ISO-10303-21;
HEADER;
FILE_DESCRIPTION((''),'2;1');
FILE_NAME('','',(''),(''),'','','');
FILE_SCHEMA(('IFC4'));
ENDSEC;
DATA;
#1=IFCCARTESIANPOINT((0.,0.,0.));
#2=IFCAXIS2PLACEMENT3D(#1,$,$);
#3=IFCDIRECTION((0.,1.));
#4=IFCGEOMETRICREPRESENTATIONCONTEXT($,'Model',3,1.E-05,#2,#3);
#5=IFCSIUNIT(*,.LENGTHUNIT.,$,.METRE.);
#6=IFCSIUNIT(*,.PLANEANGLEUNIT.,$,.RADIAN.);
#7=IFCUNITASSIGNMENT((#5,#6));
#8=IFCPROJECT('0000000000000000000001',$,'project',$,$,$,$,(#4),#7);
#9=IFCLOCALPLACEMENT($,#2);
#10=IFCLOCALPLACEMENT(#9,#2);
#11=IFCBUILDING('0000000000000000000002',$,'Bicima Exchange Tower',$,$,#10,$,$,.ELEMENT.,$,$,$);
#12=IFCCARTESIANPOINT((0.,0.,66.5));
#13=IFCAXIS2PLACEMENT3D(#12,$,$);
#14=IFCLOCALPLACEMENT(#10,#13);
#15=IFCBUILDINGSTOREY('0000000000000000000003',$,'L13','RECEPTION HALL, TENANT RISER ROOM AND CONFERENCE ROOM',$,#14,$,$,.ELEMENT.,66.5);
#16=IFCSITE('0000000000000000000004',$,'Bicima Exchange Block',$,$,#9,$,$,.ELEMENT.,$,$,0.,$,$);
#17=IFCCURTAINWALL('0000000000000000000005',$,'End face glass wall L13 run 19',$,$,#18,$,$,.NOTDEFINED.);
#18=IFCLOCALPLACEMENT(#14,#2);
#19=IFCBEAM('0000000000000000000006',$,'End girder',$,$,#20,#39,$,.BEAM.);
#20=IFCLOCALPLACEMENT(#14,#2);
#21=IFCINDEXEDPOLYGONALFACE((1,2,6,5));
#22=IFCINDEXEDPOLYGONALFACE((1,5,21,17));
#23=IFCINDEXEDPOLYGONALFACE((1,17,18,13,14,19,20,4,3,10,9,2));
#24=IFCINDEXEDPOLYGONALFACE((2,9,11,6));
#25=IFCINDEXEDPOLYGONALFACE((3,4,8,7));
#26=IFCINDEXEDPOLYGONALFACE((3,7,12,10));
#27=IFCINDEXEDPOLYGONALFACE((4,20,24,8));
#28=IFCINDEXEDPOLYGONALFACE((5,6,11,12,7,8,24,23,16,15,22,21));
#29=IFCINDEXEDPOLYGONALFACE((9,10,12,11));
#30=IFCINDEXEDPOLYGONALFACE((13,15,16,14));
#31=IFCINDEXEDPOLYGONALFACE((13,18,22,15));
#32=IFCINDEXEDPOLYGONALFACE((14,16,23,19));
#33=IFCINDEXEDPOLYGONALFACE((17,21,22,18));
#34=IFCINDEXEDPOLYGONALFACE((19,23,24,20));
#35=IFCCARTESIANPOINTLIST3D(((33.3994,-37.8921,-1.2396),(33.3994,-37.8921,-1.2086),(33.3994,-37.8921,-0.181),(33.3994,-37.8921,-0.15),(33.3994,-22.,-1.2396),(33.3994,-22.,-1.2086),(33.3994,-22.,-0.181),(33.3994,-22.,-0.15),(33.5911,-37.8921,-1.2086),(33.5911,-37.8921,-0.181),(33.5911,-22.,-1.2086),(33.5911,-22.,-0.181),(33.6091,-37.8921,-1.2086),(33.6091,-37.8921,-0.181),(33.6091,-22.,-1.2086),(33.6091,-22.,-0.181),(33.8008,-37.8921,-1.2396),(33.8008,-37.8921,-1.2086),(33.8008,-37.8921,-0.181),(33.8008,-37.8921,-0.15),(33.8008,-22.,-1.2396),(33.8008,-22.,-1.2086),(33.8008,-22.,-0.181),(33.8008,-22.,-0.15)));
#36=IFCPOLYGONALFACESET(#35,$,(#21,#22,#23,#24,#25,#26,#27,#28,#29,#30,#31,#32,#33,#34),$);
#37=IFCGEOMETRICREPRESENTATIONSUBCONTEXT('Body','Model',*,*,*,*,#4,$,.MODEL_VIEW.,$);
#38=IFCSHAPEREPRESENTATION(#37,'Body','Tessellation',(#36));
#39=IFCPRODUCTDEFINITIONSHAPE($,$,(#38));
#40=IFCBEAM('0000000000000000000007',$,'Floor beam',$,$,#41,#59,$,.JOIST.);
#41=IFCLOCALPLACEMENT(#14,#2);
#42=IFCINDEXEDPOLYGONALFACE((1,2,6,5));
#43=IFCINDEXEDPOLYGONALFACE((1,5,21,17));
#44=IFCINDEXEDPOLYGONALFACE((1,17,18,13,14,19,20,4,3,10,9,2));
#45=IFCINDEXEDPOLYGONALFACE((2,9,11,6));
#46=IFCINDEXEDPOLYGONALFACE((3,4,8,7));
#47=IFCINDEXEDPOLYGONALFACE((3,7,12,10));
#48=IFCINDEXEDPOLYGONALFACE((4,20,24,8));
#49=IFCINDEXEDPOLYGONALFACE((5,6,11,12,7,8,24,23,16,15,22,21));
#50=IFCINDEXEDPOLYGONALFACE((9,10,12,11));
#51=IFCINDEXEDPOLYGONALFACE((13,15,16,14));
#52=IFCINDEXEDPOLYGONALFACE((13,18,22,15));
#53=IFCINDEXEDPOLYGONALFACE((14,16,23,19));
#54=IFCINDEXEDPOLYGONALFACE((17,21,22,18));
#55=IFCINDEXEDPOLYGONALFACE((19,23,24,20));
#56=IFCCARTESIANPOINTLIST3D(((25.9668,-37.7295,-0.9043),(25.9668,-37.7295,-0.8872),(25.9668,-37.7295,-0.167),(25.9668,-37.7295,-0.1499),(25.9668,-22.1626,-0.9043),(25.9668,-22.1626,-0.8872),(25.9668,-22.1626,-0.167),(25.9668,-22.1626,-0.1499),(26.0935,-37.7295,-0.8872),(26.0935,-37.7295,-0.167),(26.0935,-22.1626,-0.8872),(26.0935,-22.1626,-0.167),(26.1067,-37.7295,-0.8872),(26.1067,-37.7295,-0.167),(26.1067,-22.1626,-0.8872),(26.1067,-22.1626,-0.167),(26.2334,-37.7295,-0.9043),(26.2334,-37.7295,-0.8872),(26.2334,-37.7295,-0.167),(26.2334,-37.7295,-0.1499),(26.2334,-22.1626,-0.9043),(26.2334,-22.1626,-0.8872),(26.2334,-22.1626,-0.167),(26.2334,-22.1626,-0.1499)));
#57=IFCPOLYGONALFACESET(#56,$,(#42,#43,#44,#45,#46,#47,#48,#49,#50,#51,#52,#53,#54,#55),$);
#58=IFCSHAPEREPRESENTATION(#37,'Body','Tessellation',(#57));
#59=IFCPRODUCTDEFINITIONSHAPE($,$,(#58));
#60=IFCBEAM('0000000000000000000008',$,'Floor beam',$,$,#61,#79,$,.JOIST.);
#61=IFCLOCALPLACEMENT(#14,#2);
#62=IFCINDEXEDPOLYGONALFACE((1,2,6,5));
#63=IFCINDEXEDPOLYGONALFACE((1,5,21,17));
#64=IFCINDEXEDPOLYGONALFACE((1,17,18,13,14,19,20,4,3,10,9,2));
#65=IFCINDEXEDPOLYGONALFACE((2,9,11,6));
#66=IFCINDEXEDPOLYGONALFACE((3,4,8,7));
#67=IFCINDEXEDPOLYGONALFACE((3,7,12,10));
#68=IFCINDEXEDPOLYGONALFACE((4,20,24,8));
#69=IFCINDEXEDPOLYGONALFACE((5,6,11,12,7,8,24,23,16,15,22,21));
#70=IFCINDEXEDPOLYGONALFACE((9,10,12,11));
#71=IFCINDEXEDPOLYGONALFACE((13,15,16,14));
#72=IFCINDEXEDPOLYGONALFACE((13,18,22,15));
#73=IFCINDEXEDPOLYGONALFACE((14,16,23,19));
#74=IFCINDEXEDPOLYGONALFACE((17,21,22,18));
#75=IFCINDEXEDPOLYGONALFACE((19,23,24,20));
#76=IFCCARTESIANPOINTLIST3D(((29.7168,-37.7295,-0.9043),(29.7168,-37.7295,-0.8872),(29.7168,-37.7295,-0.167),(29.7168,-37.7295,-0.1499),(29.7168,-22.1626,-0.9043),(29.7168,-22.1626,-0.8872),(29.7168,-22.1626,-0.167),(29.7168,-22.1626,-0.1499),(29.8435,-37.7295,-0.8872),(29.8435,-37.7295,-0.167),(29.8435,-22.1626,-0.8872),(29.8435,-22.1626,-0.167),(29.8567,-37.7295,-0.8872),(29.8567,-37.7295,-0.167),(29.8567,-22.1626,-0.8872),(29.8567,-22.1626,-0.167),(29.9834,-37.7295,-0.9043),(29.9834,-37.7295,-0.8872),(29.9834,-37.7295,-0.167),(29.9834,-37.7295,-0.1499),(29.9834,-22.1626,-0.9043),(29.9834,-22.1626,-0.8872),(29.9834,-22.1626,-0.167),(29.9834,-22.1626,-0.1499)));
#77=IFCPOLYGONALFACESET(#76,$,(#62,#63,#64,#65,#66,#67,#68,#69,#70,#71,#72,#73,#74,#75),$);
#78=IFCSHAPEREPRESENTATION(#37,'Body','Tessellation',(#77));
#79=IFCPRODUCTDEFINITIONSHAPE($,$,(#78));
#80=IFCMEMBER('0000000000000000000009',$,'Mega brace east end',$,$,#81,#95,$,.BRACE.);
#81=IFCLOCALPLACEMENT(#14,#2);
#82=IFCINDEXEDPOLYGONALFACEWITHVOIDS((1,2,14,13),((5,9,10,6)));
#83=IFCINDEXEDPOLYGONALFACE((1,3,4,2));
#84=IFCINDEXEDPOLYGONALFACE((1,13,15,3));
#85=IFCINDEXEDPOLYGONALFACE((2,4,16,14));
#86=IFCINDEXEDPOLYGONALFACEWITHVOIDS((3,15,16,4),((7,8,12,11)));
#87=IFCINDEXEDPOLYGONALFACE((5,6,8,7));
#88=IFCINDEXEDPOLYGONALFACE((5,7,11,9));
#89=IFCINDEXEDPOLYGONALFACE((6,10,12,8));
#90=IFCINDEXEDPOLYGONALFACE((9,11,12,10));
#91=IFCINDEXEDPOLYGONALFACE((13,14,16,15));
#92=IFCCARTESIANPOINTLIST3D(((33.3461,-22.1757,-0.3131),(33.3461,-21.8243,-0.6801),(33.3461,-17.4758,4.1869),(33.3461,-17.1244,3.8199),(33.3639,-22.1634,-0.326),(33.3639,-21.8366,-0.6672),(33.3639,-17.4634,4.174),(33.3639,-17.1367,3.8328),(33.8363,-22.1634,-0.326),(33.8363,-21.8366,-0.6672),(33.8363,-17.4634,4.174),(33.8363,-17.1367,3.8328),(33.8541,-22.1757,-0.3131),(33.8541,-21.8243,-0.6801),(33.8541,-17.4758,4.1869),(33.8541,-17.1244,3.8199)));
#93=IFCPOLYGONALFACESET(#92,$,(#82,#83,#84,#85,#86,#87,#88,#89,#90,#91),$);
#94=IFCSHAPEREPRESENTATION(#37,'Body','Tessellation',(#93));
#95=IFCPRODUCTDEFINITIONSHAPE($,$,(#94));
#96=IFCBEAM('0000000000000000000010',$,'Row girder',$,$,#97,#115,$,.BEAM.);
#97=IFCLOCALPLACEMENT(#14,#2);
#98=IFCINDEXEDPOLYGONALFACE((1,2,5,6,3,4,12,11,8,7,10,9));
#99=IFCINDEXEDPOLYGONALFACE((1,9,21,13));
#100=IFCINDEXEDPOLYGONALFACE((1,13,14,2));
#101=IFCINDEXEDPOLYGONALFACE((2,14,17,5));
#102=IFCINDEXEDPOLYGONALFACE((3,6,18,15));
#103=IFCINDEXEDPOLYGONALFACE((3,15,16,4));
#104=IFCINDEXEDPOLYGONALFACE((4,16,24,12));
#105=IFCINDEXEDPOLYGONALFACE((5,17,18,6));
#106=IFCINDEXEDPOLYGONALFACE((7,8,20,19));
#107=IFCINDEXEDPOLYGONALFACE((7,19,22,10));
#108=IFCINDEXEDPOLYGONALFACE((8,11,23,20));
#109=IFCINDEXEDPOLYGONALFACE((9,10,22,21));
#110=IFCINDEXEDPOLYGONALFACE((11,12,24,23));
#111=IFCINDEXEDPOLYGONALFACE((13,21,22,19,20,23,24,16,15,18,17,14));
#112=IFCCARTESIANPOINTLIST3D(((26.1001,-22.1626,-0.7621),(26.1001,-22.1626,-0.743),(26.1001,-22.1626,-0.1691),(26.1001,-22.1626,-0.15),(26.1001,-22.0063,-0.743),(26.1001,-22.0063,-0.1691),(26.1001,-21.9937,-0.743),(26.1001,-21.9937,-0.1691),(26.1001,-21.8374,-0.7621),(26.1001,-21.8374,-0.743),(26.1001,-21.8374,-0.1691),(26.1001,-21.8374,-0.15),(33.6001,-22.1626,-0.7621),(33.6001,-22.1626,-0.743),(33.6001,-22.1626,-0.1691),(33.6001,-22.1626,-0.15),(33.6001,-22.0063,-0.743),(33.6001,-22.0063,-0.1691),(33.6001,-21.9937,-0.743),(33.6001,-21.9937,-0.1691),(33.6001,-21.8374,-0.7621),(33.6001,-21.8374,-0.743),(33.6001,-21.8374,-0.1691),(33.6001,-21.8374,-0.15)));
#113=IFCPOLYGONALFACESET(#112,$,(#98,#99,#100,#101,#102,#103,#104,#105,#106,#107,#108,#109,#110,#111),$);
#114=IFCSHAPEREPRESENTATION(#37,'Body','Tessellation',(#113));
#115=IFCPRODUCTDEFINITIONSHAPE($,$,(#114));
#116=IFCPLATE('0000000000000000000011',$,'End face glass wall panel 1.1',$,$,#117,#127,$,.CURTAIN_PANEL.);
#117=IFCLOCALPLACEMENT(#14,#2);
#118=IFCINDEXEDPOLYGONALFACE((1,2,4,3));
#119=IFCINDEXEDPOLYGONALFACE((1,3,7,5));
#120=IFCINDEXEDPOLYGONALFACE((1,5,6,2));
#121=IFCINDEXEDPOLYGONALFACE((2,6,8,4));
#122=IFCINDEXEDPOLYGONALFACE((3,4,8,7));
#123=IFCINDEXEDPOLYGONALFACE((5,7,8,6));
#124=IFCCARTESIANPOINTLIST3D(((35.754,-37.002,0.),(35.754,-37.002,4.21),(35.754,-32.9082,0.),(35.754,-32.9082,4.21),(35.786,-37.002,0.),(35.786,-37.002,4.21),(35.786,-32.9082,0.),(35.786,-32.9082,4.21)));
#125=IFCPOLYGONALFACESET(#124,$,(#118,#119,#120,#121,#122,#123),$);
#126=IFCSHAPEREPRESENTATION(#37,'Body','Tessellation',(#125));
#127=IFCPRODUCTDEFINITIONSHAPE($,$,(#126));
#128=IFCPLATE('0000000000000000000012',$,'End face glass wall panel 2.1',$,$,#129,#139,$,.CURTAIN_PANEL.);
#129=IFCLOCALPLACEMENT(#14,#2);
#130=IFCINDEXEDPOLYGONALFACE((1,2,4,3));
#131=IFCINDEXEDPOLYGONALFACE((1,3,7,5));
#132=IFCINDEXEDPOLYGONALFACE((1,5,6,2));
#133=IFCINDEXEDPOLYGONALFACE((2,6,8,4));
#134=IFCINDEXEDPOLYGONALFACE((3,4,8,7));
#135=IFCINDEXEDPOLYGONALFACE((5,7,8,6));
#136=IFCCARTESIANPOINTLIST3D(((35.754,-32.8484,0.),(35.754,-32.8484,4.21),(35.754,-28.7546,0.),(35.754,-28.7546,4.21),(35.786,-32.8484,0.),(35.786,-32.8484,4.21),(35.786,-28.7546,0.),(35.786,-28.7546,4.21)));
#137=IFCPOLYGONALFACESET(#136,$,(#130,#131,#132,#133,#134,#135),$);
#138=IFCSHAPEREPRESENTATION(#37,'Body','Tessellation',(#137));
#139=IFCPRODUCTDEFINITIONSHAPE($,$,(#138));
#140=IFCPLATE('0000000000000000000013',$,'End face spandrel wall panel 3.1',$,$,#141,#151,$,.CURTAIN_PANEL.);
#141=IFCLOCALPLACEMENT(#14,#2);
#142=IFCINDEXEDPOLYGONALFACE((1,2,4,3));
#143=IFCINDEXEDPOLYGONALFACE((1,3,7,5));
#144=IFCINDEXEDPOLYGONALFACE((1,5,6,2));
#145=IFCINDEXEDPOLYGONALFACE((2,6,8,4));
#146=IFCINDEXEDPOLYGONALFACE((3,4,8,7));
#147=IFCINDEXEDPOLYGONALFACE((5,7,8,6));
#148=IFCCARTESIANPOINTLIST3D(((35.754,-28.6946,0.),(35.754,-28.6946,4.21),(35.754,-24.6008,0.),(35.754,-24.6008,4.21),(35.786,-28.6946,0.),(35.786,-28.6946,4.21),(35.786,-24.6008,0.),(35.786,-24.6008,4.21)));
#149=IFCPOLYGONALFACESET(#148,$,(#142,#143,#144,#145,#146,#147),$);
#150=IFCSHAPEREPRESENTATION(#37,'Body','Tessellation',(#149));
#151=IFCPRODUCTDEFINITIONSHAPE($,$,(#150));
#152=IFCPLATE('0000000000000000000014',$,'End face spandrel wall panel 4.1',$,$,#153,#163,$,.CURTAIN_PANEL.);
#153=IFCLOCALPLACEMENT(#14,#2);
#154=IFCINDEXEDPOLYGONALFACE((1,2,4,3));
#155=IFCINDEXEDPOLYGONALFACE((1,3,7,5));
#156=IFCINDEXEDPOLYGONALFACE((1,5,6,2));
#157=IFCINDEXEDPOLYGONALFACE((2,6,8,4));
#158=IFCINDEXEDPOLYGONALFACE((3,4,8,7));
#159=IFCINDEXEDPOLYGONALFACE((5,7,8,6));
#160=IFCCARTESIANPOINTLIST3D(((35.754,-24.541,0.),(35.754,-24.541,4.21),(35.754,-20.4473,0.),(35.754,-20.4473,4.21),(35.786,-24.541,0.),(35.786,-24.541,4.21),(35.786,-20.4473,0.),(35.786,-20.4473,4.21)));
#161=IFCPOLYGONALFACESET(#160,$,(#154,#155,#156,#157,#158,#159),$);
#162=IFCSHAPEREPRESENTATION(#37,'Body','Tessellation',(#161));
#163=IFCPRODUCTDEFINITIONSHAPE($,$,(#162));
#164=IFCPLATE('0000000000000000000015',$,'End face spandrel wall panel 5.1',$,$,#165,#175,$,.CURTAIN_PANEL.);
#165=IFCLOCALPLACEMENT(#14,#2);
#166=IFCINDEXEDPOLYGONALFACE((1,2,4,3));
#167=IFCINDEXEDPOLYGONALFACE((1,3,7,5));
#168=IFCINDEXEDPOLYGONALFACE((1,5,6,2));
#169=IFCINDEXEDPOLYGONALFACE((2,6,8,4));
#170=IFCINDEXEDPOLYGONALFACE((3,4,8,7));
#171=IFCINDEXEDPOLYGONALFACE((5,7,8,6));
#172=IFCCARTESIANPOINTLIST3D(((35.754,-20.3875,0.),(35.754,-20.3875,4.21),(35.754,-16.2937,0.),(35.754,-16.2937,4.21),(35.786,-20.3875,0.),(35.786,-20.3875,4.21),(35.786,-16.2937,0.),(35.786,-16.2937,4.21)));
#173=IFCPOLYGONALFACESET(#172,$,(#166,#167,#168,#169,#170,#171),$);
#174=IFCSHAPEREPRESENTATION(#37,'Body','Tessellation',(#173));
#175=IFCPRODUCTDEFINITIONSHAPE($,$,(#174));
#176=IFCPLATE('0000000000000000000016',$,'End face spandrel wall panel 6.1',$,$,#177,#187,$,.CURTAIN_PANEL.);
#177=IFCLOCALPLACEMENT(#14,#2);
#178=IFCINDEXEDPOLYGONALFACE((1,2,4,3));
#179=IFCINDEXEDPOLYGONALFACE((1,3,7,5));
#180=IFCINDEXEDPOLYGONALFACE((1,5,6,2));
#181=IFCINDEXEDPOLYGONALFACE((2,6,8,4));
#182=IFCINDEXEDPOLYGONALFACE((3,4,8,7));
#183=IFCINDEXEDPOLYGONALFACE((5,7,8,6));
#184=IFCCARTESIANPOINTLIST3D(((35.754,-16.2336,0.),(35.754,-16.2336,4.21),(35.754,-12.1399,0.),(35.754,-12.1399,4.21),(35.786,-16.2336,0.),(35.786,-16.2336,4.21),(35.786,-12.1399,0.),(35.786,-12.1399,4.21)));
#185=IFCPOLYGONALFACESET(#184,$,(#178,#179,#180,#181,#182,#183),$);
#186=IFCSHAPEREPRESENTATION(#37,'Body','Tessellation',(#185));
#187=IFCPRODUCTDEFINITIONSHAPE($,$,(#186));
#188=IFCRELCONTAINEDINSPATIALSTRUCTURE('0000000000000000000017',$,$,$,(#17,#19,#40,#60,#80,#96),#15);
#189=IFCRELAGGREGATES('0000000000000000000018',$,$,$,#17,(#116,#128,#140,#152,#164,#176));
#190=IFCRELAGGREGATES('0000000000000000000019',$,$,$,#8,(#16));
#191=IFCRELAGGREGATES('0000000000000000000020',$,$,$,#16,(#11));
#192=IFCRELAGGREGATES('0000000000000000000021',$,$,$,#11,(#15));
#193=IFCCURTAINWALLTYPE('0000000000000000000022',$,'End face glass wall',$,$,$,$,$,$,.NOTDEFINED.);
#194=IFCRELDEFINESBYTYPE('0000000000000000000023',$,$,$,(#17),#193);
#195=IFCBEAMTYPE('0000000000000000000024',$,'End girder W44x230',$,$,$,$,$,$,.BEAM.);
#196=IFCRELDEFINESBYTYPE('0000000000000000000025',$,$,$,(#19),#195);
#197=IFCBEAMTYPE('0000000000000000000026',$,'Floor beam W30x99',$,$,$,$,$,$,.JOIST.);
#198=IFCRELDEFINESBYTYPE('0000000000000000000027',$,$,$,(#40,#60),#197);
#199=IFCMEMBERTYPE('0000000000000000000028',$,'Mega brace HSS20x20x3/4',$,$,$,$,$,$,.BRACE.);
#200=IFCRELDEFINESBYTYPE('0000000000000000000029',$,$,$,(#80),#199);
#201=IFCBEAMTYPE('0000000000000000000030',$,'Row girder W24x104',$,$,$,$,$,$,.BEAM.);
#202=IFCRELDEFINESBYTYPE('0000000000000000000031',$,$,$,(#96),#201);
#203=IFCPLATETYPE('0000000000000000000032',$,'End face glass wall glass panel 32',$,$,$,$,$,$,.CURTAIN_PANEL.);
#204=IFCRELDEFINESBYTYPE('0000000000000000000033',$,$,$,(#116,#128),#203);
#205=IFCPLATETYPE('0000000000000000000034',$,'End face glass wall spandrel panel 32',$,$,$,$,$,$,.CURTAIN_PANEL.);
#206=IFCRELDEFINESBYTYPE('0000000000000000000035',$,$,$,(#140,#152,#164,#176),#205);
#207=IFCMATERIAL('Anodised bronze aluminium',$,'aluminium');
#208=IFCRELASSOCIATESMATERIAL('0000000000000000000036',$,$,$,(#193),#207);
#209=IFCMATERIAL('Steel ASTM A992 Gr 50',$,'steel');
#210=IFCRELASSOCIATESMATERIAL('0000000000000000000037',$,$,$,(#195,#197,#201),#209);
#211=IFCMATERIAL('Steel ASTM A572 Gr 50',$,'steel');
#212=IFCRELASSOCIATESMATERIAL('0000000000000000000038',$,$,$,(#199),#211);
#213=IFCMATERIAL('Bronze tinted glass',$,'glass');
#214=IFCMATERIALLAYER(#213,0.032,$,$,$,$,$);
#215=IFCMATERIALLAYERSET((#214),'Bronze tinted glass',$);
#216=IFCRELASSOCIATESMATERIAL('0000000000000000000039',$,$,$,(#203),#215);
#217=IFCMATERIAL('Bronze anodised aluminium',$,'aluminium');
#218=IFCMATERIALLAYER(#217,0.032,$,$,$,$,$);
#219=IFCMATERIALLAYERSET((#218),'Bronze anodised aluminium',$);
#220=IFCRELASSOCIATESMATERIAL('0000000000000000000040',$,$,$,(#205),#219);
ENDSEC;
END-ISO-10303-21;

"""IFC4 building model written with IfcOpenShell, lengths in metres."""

from ifc_helpers import new_model, si_unit, direction, frame, origin, origin_2d, place, context, subcontext, project, spatial, rectangle, hollow_rectangle, i_section, extrude, material, layer, layer_set, material_profile, profile_set, type_object, element, aggregate, save


model = new_model("IFC4")

# Units and contexts
model_context = context("Model", 3, precision=1e-05, world=origin(), true_north=direction((0.0, 1.0)))
body_context = subcontext(model_context, "Body", "Model", "MODEL_VIEW")
ifc_project = project(units=[si_unit("LENGTHUNIT", "METRE"), si_unit("PLANEANGLEUNIT", "RADIAN")], contexts=[model_context])

# Site, building, storey
site_placement = place(None, origin())
site = spatial("IfcSite", under=ifc_project, at=site_placement, Name="Bicima Exchange Block", CompositionType="ELEMENT", RefElevation=0.0)
building_placement = place(site_placement, origin())
building = spatial("IfcBuilding", under=site, at=building_placement, Name="Bicima Exchange Tower", CompositionType="ELEMENT")
storey_placement = place(building_placement, frame((0.0, 0.0, 66.5)))
storey = spatial("IfcBuildingStorey", under=building, at=storey_placement, Name="L13", Description="RECEPTION HALL, TENANT RISER ROOM AND CONFERENCE ROOM", CompositionType="ELEMENT", Elevation=66.5)

# Shared definitions
ifc_material_1 = material(Name="Steel ASTM A992 Gr 50", Category="steel")

# Curtain wall
ifc_material_2 = material(Name="Anodised bronze aluminium", Category="aluminium")
curtain_wall_type = type_object("IfcCurtainWallType", Name="End face glass wall", PredefinedType="NOTDEFINED", material=ifc_material_2)
curtain_wall_placement = place(storey_placement, origin())
curtain_wall = element("IfcCurtainWall", 1, at=curtain_wall_placement, inside=storey, type_object=curtain_wall_type, Name="End face glass wall L13 run 19", PredefinedType="NOTDEFINED")

# Beams
ifc_material_profile_1 = material_profile(ifc_material_1, i_section(OverallWidth=0.4014, OverallDepth=1.0896, WebThickness=0.0181, FlangeThickness=0.031, at=origin_2d()))
ifc_profile_set_1 = profile_set([ifc_material_profile_1], Name="Steel ASTM A992 Gr 50")
beam_type_1 = type_object("IfcBeamType", Name="End girder W44x230", PredefinedType="BEAM", material=ifc_profile_set_1)
beam_1_placement = place(storey_placement, frame((33.6001, -22.0, -0.6948), z_axis=(0.0, -1.0, 0.0), x_axis=(1.0, 0.0, 0.0)))
element("IfcBeam", 2, at=beam_1_placement, inside=storey, type_object=beam_type_1, Name="End girder", PredefinedType="BEAM", context=body_context, shape_type="SweptSolid", body=[
    extrude(i_section(OverallWidth=0.4014, OverallDepth=1.0896, WebThickness=0.0181, FlangeThickness=0.031, at=origin_2d()), origin(), (0.0, 0.0, 1.0), 15.8921),
])
ifc_material_profile_2 = material_profile(ifc_material_1, i_section(OverallWidth=0.2666, OverallDepth=0.7544, WebThickness=0.0132, FlangeThickness=0.0171, at=origin_2d()))
ifc_profile_set_2 = profile_set([ifc_material_profile_2], Name="Steel ASTM A992 Gr 50")
beam_type_2 = type_object("IfcBeamType", Name="Floor beam W30x99", PredefinedType="JOIST", material=ifc_profile_set_2)
for number, where, z_axis, x_axis, name in (
    (3, (26.1001, -22.1626, -0.5271), (0.0, -1.0, 0.0), (1.0, 0.0, 0.0), "Floor beam"),
    (4, (29.8501, -22.1626, -0.5271), (0.0, -1.0, 0.0), (1.0, 0.0, 0.0), "Floor beam"),
):
    element("IfcBeam", number, at=place(storey_placement, frame(where, z_axis=z_axis, x_axis=x_axis)), inside=storey, type_object=beam_type_2, Name=name, PredefinedType="JOIST", context=body_context, shape_type="SweptSolid", body=[
        extrude(i_section(OverallWidth=0.2666, OverallDepth=0.7544, WebThickness=0.0132, FlangeThickness=0.0171, at=origin_2d()), origin(), (0.0, 0.0, 1.0), 15.5669),
    ])

# Member
ifc_material_3 = material(Name="Steel ASTM A572 Gr 50", Category="steel")
ifc_material_profile_3 = material_profile(ifc_material_3, hollow_rectangle(XDim=0.5081, YDim=0.5081, WallThickness=0.0178, at=origin_2d()))
ifc_profile_set_3 = profile_set([ifc_material_profile_3], Name="Steel ASTM A572 Gr 50")
member_type_1 = type_object("IfcMemberType", Name="Mega brace HSS20x20x3/4", PredefinedType="BRACE", material=ifc_profile_set_3)
member_1_placement = place(storey_placement, frame((33.6001, -22.0, -0.4966), z_axis=(0.0, 0.722304, 0.691575), x_axis=(-1.0, 0.0, 0.0)))
element("IfcMember", 5, at=member_1_placement, inside=storey, type_object=member_type_1, Name="Mega brace east end", PredefinedType="BRACE", context=body_context, shape_type="SweptSolid", body=[
    extrude(hollow_rectangle(XDim=0.5081, YDim=0.5081, WallThickness=0.0178, at=origin_2d()), origin(), (0.0, 0.0, 1.0), 6.5068),
])

# Beam
ifc_material_profile_4 = material_profile(ifc_material_1, i_section(OverallWidth=0.3252, OverallDepth=0.6121, WebThickness=0.0127, FlangeThickness=0.019, at=origin_2d()))
ifc_profile_set_4 = profile_set([ifc_material_profile_4], Name="Steel ASTM A992 Gr 50")
beam_type_3 = type_object("IfcBeamType", Name="Row girder W24x104", PredefinedType="BEAM", material=ifc_profile_set_4)
beam_2_placement = place(storey_placement, frame((26.1001, -22.0, -0.4561), z_axis=(1.0, 0.0, 0.0), x_axis=(0.0, 1.0, 0.0)))
element("IfcBeam", 6, at=beam_2_placement, inside=storey, type_object=beam_type_3, Name="Row girder", PredefinedType="BEAM", context=body_context, shape_type="SweptSolid", body=[
    extrude(i_section(OverallWidth=0.3252, OverallDepth=0.6121, WebThickness=0.0127, FlangeThickness=0.019, at=origin_2d()), origin(), (0.0, 0.0, 1.0), 7.5),
])

# Plates
ifc_material_4 = material(Name="Bronze tinted glass", Category="glass")
ifc_layer_1 = layer(ifc_material_4, 0.032)
ifc_layer_set_1 = layer_set([ifc_layer_1], Name="Bronze tinted glass")
plate_type_1 = type_object("IfcPlateType", Name="End face glass wall glass panel 32", PredefinedType="CURTAIN_PANEL", material=ifc_layer_set_1)
plate_1_placement = place(storey_placement, frame((35.77, -34.9551, 0.0), z_axis=(0.0, 0.0, 1.0), x_axis=(0.0, 1.0, 0.0)))
plate_1 = element("IfcPlate", 7, at=plate_1_placement, type_object=plate_type_1, Name="End face glass wall panel 1.1", PredefinedType="CURTAIN_PANEL", context=body_context, shape_type="SweptSolid", body=[
    extrude(rectangle(XDim=4.0938, YDim=0.032, at=origin_2d()), origin(), (0.0, 0.0, 1.0), 4.21),
])
plate_2_placement = place(storey_placement, frame((35.77, -30.8015, 0.0), z_axis=(0.0, 0.0, 1.0), x_axis=(0.0, 1.0, 0.0)))
plate_2 = element("IfcPlate", 8, at=plate_2_placement, type_object=plate_type_1, Name="End face glass wall panel 2.1", PredefinedType="CURTAIN_PANEL", context=body_context, shape_type="SweptSolid", body=[
    extrude(rectangle(XDim=4.0938, YDim=0.032, at=origin_2d()), origin(), (0.0, 0.0, 1.0), 4.21),
])
ifc_material_5 = material(Name="Bronze anodised aluminium", Category="aluminium")
ifc_layer_2 = layer(ifc_material_5, 0.032)
ifc_layer_set_2 = layer_set([ifc_layer_2], Name="Bronze anodised aluminium")
plate_type_2 = type_object("IfcPlateType", Name="End face glass wall spandrel panel 32", PredefinedType="CURTAIN_PANEL", material=ifc_layer_set_2)
plate_3_placement = place(storey_placement, frame((35.77, -26.6477, 0.0), z_axis=(0.0, 0.0, 1.0), x_axis=(0.0, 1.0, 0.0)))
plate_3 = element("IfcPlate", 9, at=plate_3_placement, type_object=plate_type_2, Name="End face spandrel wall panel 3.1", PredefinedType="CURTAIN_PANEL", context=body_context, shape_type="SweptSolid", body=[
    extrude(rectangle(XDim=4.0938, YDim=0.032, at=origin_2d()), origin(), (0.0, 0.0, 1.0), 4.21),
])
plate_4_placement = place(storey_placement, frame((35.77, -22.4941, 0.0), z_axis=(0.0, 0.0, 1.0), x_axis=(0.0, 1.0, 0.0)))
plate_4 = element("IfcPlate", 10, at=plate_4_placement, type_object=plate_type_2, Name="End face spandrel wall panel 4.1", PredefinedType="CURTAIN_PANEL", context=body_context, shape_type="SweptSolid", body=[
    extrude(rectangle(XDim=4.0938, YDim=0.032, at=origin_2d()), origin(), (0.0, 0.0, 1.0), 4.21),
])
plate_5_placement = place(storey_placement, frame((35.77, -18.3406, 0.0), z_axis=(0.0, 0.0, 1.0), x_axis=(0.0, 1.0, 0.0)))
plate_5 = element("IfcPlate", 11, at=plate_5_placement, type_object=plate_type_2, Name="End face spandrel wall panel 5.1", PredefinedType="CURTAIN_PANEL", context=body_context, shape_type="SweptSolid", body=[
    extrude(rectangle(XDim=4.0938, YDim=0.032, at=origin_2d()), origin(), (0.0, 0.0, 1.0), 4.21),
])
plate_6_placement = place(storey_placement, frame((35.77, -14.1868, 0.0), z_axis=(0.0, 0.0, 1.0), x_axis=(0.0, 1.0, 0.0)))
plate_6 = element("IfcPlate", 12, at=plate_6_placement, type_object=plate_type_2, Name="End face spandrel wall panel 6.1", PredefinedType="CURTAIN_PANEL", context=body_context, shape_type="SweptSolid", body=[
    extrude(rectangle(XDim=4.0938, YDim=0.032, at=origin_2d()), origin(), (0.0, 0.0, 1.0), 4.21),
])
aggregate(curtain_wall, [plate_1, plate_2, plate_3, plate_4, plate_5, plate_6])

save(model, "model.ifc")
